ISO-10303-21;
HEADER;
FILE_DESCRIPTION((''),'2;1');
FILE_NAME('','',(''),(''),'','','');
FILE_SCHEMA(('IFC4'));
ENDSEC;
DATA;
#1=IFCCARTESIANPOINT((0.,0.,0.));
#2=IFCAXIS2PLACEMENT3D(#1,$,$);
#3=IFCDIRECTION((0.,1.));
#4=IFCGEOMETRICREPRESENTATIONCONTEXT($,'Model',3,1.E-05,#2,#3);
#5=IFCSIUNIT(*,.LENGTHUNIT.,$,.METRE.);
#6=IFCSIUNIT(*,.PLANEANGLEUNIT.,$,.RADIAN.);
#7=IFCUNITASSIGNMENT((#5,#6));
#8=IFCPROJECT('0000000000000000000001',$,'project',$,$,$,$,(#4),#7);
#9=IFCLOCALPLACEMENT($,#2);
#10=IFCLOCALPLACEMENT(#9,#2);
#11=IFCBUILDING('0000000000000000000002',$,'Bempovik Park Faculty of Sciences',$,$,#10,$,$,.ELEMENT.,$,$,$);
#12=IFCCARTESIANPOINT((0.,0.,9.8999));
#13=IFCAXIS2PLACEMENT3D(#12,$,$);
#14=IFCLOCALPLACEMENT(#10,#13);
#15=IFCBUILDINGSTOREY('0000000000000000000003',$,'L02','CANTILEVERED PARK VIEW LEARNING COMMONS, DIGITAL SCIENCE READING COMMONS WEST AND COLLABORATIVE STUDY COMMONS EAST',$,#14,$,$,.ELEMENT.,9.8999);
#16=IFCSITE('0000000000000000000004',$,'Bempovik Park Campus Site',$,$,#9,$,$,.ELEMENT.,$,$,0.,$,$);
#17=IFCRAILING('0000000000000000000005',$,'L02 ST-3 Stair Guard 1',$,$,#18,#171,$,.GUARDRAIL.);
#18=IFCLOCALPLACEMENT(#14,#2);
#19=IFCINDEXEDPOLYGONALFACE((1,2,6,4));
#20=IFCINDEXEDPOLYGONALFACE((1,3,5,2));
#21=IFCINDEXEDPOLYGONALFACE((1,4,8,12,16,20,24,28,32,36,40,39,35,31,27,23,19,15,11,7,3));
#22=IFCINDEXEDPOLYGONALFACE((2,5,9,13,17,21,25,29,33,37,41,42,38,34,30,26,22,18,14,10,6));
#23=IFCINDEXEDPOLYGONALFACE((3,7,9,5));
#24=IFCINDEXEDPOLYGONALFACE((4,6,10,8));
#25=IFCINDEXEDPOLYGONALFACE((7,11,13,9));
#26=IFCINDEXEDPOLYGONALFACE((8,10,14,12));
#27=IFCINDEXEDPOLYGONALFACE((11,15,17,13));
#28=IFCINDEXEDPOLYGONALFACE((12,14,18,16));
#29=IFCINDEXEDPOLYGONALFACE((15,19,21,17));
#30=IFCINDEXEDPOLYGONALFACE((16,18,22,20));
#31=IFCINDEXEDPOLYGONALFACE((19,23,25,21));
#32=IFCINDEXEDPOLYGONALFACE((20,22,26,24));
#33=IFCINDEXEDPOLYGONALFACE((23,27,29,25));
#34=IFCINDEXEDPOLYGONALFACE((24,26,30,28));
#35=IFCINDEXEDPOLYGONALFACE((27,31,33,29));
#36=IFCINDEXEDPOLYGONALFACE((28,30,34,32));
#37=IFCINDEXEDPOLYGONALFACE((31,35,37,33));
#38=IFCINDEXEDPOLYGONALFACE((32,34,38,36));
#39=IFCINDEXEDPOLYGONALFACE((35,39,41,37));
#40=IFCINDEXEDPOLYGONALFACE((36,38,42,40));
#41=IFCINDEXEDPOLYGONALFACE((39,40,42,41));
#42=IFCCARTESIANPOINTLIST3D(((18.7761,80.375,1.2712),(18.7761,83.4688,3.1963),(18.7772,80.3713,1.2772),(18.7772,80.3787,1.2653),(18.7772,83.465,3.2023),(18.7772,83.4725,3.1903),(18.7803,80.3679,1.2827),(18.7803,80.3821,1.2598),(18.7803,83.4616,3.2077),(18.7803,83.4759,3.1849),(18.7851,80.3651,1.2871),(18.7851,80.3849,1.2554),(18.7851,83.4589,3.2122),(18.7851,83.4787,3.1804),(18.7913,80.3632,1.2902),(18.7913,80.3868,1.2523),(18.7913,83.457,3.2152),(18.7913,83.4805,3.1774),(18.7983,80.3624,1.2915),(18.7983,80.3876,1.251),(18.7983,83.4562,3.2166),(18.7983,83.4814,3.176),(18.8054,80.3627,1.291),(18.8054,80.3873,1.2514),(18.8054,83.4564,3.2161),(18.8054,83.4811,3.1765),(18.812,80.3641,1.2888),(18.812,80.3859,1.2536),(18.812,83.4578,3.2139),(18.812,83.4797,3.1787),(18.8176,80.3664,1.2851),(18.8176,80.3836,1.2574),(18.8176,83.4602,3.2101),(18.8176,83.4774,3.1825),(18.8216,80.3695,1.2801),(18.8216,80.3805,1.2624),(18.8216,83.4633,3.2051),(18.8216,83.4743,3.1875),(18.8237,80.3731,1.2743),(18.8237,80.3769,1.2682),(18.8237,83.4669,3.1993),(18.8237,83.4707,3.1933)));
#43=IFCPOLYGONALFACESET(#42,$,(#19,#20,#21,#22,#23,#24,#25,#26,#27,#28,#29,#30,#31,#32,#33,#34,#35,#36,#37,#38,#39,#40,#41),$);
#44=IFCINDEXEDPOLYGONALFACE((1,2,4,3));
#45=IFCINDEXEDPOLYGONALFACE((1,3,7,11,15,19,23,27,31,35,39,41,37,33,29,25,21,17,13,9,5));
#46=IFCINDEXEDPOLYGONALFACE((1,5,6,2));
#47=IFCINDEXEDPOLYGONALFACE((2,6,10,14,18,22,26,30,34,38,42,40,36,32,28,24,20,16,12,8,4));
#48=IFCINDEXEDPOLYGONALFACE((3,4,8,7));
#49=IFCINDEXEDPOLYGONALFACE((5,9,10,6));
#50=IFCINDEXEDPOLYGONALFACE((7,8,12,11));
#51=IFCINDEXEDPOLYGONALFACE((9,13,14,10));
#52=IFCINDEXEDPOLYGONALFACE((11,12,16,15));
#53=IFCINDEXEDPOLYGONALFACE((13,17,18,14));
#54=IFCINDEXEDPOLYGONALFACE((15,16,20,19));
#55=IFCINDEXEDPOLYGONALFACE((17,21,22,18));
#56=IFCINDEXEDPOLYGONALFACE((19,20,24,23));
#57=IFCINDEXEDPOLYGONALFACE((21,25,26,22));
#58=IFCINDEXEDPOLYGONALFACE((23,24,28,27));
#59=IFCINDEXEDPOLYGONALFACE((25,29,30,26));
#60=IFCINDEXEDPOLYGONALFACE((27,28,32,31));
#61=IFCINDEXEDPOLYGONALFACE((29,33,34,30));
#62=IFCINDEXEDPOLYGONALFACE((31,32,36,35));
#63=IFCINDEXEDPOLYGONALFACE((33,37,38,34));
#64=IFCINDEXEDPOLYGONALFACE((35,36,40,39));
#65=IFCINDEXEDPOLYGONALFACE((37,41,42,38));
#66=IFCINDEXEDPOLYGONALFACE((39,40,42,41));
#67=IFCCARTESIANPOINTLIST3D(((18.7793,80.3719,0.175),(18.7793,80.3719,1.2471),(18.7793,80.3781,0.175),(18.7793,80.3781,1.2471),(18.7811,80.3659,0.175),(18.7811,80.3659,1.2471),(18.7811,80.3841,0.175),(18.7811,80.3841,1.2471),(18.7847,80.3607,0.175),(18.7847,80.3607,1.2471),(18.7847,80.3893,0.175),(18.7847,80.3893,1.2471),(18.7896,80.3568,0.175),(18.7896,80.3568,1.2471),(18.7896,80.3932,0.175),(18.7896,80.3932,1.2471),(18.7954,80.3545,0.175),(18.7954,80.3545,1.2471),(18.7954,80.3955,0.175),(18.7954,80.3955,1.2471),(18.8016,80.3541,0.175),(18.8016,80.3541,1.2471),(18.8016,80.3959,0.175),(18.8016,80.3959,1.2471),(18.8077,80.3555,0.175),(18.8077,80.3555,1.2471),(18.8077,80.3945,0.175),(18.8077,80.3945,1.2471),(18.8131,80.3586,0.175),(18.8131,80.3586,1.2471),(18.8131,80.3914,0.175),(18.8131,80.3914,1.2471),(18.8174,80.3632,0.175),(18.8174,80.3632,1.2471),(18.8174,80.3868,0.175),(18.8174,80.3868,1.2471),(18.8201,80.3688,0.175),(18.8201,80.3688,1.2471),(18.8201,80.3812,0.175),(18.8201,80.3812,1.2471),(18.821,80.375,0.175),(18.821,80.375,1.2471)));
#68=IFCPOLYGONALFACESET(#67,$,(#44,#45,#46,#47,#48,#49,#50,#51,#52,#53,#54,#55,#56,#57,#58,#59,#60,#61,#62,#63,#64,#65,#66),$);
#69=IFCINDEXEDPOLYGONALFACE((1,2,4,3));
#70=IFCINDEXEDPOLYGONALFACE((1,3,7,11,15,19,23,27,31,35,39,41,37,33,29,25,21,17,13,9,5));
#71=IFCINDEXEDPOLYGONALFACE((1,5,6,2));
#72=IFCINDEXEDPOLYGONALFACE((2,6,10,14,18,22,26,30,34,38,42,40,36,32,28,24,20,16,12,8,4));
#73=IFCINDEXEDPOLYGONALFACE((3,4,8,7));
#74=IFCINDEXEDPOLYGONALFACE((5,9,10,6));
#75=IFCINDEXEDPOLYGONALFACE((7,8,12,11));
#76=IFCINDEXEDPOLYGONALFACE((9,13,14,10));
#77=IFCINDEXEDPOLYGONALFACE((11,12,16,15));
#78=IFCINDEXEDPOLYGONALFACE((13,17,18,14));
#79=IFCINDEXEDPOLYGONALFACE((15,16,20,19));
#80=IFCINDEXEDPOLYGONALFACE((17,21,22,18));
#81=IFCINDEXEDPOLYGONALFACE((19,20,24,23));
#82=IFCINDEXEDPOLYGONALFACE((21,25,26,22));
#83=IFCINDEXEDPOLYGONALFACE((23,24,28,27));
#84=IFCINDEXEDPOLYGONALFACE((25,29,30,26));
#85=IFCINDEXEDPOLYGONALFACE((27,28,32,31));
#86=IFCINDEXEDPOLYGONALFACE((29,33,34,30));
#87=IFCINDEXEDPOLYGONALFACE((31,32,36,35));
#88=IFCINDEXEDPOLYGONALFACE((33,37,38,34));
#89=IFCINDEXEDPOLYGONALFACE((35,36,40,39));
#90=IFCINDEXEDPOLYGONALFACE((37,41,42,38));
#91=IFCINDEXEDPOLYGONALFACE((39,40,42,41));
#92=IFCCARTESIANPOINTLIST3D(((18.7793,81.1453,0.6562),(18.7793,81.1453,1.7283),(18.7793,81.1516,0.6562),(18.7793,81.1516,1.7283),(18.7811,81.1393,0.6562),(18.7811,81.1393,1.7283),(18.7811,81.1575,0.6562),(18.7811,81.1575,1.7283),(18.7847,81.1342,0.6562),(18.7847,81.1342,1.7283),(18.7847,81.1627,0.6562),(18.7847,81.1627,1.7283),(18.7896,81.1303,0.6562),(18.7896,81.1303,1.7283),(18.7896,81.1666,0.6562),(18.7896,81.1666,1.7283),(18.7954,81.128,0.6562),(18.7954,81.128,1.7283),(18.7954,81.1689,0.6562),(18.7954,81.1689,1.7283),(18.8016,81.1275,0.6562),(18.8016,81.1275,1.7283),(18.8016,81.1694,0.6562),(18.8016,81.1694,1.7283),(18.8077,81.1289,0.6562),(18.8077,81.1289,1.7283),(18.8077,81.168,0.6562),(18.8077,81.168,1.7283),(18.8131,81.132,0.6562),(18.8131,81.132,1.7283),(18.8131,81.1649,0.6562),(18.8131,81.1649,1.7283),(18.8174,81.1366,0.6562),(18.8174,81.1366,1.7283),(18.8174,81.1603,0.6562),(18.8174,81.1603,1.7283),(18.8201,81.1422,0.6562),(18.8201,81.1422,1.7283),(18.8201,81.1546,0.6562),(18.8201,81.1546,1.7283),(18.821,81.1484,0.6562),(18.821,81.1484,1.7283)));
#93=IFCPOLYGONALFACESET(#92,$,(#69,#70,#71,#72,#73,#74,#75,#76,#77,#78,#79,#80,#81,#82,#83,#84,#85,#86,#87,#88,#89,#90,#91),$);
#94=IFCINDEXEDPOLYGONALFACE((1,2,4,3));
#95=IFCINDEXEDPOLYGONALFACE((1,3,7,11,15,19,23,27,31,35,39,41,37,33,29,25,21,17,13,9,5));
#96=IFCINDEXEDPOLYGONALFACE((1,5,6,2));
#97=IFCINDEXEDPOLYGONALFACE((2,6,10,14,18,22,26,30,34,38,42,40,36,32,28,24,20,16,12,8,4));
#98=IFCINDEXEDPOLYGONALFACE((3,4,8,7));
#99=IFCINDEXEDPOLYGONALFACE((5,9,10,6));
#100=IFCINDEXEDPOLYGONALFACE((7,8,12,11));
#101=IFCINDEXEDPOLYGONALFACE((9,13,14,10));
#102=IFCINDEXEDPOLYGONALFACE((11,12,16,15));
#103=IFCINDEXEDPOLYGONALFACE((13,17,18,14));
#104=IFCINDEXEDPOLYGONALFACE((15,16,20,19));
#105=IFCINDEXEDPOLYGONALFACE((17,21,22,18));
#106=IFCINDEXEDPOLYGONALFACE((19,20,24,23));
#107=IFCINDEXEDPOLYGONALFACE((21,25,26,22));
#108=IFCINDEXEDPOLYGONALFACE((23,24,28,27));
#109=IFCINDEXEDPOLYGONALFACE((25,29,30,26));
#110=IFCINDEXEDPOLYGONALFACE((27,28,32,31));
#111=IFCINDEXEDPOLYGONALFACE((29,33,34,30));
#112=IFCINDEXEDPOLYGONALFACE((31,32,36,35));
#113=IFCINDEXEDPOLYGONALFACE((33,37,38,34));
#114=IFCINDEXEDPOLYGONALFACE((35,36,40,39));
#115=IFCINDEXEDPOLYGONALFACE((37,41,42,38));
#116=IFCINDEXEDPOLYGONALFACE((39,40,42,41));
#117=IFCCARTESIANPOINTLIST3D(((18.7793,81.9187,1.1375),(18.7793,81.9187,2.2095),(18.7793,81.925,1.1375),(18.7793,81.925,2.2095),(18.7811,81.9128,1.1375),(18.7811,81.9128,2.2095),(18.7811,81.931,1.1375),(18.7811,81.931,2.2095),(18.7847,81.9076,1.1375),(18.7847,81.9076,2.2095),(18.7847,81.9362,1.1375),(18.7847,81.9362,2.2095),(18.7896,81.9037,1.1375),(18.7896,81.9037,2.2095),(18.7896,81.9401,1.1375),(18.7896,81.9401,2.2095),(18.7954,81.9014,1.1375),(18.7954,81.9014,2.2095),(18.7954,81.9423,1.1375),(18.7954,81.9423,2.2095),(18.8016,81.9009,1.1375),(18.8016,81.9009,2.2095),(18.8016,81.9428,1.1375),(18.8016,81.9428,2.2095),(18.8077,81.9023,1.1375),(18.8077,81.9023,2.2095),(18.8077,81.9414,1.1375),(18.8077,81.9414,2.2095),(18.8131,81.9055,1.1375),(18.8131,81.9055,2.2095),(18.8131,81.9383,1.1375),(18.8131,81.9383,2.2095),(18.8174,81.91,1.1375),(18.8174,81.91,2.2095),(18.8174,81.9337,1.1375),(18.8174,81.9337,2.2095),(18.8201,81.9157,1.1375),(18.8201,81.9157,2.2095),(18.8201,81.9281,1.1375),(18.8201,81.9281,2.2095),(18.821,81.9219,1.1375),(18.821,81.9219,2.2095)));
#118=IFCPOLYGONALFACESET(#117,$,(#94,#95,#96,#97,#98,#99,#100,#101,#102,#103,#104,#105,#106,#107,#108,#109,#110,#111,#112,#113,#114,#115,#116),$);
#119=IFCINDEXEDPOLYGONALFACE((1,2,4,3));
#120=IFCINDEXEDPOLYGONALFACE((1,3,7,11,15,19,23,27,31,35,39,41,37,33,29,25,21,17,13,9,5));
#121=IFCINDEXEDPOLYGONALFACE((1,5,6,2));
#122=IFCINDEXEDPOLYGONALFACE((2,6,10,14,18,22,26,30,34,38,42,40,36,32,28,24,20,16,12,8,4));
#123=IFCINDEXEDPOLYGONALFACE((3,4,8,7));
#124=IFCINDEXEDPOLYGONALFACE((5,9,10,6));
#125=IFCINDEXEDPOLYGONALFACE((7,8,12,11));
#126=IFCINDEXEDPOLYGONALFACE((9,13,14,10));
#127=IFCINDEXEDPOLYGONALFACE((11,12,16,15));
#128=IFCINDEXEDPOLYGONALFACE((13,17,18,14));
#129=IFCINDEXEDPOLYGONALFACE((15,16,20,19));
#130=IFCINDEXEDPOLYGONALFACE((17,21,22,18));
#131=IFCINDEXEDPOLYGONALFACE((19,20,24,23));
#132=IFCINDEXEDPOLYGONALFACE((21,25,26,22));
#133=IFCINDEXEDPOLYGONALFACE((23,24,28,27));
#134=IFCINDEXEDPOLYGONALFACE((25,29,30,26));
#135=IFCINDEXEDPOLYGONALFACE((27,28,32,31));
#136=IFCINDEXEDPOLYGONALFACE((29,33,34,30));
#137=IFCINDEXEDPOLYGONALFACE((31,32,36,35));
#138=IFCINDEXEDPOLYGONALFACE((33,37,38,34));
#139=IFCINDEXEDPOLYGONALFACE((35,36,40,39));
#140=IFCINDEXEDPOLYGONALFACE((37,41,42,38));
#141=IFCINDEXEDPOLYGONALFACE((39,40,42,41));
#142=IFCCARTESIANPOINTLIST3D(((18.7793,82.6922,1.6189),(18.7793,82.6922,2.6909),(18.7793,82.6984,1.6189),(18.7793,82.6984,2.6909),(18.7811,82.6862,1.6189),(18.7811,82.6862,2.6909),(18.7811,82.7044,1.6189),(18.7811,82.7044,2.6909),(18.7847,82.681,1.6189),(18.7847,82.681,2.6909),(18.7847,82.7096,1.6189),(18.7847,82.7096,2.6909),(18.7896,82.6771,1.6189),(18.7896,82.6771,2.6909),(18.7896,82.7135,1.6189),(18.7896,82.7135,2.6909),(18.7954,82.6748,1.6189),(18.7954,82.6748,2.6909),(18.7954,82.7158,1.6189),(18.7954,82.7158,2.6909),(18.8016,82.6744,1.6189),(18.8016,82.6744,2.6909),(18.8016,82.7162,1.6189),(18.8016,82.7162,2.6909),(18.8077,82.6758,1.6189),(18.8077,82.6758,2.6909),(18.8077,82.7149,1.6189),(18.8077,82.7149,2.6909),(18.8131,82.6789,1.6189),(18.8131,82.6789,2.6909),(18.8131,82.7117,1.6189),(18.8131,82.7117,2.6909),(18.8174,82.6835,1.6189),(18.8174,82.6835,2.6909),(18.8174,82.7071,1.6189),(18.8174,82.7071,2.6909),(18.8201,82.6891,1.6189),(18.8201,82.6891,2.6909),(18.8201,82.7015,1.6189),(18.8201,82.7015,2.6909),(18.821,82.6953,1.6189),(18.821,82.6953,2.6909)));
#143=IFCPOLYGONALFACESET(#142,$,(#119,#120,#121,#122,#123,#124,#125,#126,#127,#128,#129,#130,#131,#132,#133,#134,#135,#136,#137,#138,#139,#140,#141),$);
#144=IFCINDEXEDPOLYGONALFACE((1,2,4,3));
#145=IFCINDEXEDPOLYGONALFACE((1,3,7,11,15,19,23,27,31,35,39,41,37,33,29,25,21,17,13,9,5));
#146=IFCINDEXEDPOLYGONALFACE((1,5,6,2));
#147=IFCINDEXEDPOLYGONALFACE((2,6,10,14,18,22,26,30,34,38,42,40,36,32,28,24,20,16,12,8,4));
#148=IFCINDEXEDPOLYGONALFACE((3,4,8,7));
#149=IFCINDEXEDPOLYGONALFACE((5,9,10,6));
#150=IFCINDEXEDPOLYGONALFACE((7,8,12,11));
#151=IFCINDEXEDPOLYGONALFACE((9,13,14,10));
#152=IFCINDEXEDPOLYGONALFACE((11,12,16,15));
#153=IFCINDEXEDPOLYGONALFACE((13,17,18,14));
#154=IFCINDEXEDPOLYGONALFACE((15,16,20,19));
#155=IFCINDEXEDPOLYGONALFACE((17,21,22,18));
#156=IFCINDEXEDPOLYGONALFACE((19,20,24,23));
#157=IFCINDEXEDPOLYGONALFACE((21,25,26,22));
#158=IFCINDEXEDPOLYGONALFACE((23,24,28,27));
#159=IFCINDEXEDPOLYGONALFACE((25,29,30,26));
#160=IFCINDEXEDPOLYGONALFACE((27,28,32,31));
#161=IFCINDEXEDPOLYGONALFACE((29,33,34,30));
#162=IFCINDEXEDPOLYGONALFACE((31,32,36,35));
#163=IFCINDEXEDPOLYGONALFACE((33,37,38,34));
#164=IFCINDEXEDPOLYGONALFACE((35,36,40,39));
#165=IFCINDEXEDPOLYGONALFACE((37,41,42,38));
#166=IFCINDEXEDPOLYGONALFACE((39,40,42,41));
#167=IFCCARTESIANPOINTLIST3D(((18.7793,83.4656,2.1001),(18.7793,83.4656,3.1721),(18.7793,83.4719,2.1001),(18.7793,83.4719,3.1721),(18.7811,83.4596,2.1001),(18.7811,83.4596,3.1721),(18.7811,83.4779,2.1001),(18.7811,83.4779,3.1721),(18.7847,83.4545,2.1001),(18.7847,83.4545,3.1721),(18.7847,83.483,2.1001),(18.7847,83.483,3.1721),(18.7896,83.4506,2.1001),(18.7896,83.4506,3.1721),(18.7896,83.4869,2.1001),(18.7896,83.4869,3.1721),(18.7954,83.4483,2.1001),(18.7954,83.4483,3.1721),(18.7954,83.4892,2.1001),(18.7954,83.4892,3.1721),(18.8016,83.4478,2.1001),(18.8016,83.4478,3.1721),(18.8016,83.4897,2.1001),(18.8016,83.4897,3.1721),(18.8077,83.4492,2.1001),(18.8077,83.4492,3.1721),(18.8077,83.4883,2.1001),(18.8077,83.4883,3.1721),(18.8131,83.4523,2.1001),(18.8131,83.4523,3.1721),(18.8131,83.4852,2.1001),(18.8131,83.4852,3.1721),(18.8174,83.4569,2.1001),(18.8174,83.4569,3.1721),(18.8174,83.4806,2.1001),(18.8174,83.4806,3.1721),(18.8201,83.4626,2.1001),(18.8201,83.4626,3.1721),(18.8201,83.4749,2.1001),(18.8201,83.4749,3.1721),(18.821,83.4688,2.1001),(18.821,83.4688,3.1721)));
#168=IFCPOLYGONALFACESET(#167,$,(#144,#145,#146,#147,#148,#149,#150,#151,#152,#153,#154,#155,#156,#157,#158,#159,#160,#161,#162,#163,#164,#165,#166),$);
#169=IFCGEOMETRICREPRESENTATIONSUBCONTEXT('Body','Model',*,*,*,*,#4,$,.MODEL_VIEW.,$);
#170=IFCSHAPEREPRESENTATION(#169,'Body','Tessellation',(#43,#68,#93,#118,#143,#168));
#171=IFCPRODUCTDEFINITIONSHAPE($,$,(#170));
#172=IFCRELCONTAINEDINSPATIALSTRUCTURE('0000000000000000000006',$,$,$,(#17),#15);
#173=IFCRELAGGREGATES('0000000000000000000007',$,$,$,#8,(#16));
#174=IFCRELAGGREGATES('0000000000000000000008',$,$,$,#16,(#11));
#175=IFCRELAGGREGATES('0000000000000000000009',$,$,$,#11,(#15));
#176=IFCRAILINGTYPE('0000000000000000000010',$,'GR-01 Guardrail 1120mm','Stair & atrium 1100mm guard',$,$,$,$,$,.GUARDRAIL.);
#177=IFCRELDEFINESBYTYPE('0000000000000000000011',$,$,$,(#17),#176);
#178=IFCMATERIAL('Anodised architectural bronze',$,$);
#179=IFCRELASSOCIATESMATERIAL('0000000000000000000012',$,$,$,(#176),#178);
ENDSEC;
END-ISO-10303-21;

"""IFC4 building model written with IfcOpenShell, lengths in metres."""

from ifc_helpers import new_model, si_unit, direction, frame, origin, origin_2d, place, context, subcontext, project, spatial, circle, extrude, material, type_object, element, save


model = new_model("IFC4")

# Units and contexts
model_context = context("Model", 3, precision=1e-05, world=origin(), true_north=direction((0.0, 1.0)))
body_context = subcontext(model_context, "Body", "Model", "MODEL_VIEW")
ifc_project = project(units=[si_unit("LENGTHUNIT", "METRE"), si_unit("PLANEANGLEUNIT", "RADIAN")], contexts=[model_context])

# Site, building, storey
site_placement = place(None, origin())
site = spatial("IfcSite", under=ifc_project, at=site_placement, Name="Bempovik Park Campus Site", CompositionType="ELEMENT", RefElevation=0.0)
building_placement = place(site_placement, origin())
building = spatial("IfcBuilding", under=site, at=building_placement, Name="Bempovik Park Faculty of Sciences", CompositionType="ELEMENT")
storey_placement = place(building_placement, frame((0.0, 0.0, 9.8999)))
storey = spatial("IfcBuildingStorey", under=building, at=storey_placement, Name="L02", Description="CANTILEVERED PARK VIEW LEARNING COMMONS, DIGITAL SCIENCE READING COMMONS WEST AND COLLABORATIVE STUDY COMMONS EAST", CompositionType="ELEMENT", Elevation=9.8999)

# Railing
ifc_material_1 = material(Name="Anodised architectural bronze")
railing_type_1 = type_object("IfcRailingType", Name="GR-01 Guardrail 1120mm", Description="Stair & atrium 1100mm guard", PredefinedType="GUARDRAIL", material=ifc_material_1)
railing_1_placement = place(storey_placement, frame((18.8, 80.375, 0.175)))
element("IfcRailing", 1, at=railing_1_placement, inside=storey, type_object=railing_type_1, Name="L02 ST-3 Stair Guard 1", PredefinedType="GUARDRAIL", context=body_context, shape_type="SweptSolid", body=[
    extrude(circle(Radius=0.0239, at=origin_2d()), frame((0.0, 0.0, 1.0962), z_axis=(0.0, 0.849051, 0.528312), x_axis=(-1.0, 0.0, 0.0)), (0.0, 0.0, 1.0), 3.6438),
    extrude(circle(Radius=0.021, at=origin_2d()), origin(), (0.0, 0.0, 1.0), 1.072),
    extrude(circle(Radius=0.021, at=origin_2d()), frame((0.0, 0.7734, 0.4812)), (0.0, 0.0, 1.0), 1.072),
    extrude(circle(Radius=0.021, at=origin_2d()), frame((0.0, 1.5469, 0.9624)), (0.0, 0.0, 1.0), 1.072),
    extrude(circle(Radius=0.021, at=origin_2d()), frame((0.0, 2.3203, 1.4438)), (0.0, 0.0, 1.0), 1.072),
    extrude(circle(Radius=0.021, at=origin_2d()), frame((0.0, 3.0938, 1.925)), (0.0, 0.0, 1.0), 1.072),
])

save(model, "model.ifc")
